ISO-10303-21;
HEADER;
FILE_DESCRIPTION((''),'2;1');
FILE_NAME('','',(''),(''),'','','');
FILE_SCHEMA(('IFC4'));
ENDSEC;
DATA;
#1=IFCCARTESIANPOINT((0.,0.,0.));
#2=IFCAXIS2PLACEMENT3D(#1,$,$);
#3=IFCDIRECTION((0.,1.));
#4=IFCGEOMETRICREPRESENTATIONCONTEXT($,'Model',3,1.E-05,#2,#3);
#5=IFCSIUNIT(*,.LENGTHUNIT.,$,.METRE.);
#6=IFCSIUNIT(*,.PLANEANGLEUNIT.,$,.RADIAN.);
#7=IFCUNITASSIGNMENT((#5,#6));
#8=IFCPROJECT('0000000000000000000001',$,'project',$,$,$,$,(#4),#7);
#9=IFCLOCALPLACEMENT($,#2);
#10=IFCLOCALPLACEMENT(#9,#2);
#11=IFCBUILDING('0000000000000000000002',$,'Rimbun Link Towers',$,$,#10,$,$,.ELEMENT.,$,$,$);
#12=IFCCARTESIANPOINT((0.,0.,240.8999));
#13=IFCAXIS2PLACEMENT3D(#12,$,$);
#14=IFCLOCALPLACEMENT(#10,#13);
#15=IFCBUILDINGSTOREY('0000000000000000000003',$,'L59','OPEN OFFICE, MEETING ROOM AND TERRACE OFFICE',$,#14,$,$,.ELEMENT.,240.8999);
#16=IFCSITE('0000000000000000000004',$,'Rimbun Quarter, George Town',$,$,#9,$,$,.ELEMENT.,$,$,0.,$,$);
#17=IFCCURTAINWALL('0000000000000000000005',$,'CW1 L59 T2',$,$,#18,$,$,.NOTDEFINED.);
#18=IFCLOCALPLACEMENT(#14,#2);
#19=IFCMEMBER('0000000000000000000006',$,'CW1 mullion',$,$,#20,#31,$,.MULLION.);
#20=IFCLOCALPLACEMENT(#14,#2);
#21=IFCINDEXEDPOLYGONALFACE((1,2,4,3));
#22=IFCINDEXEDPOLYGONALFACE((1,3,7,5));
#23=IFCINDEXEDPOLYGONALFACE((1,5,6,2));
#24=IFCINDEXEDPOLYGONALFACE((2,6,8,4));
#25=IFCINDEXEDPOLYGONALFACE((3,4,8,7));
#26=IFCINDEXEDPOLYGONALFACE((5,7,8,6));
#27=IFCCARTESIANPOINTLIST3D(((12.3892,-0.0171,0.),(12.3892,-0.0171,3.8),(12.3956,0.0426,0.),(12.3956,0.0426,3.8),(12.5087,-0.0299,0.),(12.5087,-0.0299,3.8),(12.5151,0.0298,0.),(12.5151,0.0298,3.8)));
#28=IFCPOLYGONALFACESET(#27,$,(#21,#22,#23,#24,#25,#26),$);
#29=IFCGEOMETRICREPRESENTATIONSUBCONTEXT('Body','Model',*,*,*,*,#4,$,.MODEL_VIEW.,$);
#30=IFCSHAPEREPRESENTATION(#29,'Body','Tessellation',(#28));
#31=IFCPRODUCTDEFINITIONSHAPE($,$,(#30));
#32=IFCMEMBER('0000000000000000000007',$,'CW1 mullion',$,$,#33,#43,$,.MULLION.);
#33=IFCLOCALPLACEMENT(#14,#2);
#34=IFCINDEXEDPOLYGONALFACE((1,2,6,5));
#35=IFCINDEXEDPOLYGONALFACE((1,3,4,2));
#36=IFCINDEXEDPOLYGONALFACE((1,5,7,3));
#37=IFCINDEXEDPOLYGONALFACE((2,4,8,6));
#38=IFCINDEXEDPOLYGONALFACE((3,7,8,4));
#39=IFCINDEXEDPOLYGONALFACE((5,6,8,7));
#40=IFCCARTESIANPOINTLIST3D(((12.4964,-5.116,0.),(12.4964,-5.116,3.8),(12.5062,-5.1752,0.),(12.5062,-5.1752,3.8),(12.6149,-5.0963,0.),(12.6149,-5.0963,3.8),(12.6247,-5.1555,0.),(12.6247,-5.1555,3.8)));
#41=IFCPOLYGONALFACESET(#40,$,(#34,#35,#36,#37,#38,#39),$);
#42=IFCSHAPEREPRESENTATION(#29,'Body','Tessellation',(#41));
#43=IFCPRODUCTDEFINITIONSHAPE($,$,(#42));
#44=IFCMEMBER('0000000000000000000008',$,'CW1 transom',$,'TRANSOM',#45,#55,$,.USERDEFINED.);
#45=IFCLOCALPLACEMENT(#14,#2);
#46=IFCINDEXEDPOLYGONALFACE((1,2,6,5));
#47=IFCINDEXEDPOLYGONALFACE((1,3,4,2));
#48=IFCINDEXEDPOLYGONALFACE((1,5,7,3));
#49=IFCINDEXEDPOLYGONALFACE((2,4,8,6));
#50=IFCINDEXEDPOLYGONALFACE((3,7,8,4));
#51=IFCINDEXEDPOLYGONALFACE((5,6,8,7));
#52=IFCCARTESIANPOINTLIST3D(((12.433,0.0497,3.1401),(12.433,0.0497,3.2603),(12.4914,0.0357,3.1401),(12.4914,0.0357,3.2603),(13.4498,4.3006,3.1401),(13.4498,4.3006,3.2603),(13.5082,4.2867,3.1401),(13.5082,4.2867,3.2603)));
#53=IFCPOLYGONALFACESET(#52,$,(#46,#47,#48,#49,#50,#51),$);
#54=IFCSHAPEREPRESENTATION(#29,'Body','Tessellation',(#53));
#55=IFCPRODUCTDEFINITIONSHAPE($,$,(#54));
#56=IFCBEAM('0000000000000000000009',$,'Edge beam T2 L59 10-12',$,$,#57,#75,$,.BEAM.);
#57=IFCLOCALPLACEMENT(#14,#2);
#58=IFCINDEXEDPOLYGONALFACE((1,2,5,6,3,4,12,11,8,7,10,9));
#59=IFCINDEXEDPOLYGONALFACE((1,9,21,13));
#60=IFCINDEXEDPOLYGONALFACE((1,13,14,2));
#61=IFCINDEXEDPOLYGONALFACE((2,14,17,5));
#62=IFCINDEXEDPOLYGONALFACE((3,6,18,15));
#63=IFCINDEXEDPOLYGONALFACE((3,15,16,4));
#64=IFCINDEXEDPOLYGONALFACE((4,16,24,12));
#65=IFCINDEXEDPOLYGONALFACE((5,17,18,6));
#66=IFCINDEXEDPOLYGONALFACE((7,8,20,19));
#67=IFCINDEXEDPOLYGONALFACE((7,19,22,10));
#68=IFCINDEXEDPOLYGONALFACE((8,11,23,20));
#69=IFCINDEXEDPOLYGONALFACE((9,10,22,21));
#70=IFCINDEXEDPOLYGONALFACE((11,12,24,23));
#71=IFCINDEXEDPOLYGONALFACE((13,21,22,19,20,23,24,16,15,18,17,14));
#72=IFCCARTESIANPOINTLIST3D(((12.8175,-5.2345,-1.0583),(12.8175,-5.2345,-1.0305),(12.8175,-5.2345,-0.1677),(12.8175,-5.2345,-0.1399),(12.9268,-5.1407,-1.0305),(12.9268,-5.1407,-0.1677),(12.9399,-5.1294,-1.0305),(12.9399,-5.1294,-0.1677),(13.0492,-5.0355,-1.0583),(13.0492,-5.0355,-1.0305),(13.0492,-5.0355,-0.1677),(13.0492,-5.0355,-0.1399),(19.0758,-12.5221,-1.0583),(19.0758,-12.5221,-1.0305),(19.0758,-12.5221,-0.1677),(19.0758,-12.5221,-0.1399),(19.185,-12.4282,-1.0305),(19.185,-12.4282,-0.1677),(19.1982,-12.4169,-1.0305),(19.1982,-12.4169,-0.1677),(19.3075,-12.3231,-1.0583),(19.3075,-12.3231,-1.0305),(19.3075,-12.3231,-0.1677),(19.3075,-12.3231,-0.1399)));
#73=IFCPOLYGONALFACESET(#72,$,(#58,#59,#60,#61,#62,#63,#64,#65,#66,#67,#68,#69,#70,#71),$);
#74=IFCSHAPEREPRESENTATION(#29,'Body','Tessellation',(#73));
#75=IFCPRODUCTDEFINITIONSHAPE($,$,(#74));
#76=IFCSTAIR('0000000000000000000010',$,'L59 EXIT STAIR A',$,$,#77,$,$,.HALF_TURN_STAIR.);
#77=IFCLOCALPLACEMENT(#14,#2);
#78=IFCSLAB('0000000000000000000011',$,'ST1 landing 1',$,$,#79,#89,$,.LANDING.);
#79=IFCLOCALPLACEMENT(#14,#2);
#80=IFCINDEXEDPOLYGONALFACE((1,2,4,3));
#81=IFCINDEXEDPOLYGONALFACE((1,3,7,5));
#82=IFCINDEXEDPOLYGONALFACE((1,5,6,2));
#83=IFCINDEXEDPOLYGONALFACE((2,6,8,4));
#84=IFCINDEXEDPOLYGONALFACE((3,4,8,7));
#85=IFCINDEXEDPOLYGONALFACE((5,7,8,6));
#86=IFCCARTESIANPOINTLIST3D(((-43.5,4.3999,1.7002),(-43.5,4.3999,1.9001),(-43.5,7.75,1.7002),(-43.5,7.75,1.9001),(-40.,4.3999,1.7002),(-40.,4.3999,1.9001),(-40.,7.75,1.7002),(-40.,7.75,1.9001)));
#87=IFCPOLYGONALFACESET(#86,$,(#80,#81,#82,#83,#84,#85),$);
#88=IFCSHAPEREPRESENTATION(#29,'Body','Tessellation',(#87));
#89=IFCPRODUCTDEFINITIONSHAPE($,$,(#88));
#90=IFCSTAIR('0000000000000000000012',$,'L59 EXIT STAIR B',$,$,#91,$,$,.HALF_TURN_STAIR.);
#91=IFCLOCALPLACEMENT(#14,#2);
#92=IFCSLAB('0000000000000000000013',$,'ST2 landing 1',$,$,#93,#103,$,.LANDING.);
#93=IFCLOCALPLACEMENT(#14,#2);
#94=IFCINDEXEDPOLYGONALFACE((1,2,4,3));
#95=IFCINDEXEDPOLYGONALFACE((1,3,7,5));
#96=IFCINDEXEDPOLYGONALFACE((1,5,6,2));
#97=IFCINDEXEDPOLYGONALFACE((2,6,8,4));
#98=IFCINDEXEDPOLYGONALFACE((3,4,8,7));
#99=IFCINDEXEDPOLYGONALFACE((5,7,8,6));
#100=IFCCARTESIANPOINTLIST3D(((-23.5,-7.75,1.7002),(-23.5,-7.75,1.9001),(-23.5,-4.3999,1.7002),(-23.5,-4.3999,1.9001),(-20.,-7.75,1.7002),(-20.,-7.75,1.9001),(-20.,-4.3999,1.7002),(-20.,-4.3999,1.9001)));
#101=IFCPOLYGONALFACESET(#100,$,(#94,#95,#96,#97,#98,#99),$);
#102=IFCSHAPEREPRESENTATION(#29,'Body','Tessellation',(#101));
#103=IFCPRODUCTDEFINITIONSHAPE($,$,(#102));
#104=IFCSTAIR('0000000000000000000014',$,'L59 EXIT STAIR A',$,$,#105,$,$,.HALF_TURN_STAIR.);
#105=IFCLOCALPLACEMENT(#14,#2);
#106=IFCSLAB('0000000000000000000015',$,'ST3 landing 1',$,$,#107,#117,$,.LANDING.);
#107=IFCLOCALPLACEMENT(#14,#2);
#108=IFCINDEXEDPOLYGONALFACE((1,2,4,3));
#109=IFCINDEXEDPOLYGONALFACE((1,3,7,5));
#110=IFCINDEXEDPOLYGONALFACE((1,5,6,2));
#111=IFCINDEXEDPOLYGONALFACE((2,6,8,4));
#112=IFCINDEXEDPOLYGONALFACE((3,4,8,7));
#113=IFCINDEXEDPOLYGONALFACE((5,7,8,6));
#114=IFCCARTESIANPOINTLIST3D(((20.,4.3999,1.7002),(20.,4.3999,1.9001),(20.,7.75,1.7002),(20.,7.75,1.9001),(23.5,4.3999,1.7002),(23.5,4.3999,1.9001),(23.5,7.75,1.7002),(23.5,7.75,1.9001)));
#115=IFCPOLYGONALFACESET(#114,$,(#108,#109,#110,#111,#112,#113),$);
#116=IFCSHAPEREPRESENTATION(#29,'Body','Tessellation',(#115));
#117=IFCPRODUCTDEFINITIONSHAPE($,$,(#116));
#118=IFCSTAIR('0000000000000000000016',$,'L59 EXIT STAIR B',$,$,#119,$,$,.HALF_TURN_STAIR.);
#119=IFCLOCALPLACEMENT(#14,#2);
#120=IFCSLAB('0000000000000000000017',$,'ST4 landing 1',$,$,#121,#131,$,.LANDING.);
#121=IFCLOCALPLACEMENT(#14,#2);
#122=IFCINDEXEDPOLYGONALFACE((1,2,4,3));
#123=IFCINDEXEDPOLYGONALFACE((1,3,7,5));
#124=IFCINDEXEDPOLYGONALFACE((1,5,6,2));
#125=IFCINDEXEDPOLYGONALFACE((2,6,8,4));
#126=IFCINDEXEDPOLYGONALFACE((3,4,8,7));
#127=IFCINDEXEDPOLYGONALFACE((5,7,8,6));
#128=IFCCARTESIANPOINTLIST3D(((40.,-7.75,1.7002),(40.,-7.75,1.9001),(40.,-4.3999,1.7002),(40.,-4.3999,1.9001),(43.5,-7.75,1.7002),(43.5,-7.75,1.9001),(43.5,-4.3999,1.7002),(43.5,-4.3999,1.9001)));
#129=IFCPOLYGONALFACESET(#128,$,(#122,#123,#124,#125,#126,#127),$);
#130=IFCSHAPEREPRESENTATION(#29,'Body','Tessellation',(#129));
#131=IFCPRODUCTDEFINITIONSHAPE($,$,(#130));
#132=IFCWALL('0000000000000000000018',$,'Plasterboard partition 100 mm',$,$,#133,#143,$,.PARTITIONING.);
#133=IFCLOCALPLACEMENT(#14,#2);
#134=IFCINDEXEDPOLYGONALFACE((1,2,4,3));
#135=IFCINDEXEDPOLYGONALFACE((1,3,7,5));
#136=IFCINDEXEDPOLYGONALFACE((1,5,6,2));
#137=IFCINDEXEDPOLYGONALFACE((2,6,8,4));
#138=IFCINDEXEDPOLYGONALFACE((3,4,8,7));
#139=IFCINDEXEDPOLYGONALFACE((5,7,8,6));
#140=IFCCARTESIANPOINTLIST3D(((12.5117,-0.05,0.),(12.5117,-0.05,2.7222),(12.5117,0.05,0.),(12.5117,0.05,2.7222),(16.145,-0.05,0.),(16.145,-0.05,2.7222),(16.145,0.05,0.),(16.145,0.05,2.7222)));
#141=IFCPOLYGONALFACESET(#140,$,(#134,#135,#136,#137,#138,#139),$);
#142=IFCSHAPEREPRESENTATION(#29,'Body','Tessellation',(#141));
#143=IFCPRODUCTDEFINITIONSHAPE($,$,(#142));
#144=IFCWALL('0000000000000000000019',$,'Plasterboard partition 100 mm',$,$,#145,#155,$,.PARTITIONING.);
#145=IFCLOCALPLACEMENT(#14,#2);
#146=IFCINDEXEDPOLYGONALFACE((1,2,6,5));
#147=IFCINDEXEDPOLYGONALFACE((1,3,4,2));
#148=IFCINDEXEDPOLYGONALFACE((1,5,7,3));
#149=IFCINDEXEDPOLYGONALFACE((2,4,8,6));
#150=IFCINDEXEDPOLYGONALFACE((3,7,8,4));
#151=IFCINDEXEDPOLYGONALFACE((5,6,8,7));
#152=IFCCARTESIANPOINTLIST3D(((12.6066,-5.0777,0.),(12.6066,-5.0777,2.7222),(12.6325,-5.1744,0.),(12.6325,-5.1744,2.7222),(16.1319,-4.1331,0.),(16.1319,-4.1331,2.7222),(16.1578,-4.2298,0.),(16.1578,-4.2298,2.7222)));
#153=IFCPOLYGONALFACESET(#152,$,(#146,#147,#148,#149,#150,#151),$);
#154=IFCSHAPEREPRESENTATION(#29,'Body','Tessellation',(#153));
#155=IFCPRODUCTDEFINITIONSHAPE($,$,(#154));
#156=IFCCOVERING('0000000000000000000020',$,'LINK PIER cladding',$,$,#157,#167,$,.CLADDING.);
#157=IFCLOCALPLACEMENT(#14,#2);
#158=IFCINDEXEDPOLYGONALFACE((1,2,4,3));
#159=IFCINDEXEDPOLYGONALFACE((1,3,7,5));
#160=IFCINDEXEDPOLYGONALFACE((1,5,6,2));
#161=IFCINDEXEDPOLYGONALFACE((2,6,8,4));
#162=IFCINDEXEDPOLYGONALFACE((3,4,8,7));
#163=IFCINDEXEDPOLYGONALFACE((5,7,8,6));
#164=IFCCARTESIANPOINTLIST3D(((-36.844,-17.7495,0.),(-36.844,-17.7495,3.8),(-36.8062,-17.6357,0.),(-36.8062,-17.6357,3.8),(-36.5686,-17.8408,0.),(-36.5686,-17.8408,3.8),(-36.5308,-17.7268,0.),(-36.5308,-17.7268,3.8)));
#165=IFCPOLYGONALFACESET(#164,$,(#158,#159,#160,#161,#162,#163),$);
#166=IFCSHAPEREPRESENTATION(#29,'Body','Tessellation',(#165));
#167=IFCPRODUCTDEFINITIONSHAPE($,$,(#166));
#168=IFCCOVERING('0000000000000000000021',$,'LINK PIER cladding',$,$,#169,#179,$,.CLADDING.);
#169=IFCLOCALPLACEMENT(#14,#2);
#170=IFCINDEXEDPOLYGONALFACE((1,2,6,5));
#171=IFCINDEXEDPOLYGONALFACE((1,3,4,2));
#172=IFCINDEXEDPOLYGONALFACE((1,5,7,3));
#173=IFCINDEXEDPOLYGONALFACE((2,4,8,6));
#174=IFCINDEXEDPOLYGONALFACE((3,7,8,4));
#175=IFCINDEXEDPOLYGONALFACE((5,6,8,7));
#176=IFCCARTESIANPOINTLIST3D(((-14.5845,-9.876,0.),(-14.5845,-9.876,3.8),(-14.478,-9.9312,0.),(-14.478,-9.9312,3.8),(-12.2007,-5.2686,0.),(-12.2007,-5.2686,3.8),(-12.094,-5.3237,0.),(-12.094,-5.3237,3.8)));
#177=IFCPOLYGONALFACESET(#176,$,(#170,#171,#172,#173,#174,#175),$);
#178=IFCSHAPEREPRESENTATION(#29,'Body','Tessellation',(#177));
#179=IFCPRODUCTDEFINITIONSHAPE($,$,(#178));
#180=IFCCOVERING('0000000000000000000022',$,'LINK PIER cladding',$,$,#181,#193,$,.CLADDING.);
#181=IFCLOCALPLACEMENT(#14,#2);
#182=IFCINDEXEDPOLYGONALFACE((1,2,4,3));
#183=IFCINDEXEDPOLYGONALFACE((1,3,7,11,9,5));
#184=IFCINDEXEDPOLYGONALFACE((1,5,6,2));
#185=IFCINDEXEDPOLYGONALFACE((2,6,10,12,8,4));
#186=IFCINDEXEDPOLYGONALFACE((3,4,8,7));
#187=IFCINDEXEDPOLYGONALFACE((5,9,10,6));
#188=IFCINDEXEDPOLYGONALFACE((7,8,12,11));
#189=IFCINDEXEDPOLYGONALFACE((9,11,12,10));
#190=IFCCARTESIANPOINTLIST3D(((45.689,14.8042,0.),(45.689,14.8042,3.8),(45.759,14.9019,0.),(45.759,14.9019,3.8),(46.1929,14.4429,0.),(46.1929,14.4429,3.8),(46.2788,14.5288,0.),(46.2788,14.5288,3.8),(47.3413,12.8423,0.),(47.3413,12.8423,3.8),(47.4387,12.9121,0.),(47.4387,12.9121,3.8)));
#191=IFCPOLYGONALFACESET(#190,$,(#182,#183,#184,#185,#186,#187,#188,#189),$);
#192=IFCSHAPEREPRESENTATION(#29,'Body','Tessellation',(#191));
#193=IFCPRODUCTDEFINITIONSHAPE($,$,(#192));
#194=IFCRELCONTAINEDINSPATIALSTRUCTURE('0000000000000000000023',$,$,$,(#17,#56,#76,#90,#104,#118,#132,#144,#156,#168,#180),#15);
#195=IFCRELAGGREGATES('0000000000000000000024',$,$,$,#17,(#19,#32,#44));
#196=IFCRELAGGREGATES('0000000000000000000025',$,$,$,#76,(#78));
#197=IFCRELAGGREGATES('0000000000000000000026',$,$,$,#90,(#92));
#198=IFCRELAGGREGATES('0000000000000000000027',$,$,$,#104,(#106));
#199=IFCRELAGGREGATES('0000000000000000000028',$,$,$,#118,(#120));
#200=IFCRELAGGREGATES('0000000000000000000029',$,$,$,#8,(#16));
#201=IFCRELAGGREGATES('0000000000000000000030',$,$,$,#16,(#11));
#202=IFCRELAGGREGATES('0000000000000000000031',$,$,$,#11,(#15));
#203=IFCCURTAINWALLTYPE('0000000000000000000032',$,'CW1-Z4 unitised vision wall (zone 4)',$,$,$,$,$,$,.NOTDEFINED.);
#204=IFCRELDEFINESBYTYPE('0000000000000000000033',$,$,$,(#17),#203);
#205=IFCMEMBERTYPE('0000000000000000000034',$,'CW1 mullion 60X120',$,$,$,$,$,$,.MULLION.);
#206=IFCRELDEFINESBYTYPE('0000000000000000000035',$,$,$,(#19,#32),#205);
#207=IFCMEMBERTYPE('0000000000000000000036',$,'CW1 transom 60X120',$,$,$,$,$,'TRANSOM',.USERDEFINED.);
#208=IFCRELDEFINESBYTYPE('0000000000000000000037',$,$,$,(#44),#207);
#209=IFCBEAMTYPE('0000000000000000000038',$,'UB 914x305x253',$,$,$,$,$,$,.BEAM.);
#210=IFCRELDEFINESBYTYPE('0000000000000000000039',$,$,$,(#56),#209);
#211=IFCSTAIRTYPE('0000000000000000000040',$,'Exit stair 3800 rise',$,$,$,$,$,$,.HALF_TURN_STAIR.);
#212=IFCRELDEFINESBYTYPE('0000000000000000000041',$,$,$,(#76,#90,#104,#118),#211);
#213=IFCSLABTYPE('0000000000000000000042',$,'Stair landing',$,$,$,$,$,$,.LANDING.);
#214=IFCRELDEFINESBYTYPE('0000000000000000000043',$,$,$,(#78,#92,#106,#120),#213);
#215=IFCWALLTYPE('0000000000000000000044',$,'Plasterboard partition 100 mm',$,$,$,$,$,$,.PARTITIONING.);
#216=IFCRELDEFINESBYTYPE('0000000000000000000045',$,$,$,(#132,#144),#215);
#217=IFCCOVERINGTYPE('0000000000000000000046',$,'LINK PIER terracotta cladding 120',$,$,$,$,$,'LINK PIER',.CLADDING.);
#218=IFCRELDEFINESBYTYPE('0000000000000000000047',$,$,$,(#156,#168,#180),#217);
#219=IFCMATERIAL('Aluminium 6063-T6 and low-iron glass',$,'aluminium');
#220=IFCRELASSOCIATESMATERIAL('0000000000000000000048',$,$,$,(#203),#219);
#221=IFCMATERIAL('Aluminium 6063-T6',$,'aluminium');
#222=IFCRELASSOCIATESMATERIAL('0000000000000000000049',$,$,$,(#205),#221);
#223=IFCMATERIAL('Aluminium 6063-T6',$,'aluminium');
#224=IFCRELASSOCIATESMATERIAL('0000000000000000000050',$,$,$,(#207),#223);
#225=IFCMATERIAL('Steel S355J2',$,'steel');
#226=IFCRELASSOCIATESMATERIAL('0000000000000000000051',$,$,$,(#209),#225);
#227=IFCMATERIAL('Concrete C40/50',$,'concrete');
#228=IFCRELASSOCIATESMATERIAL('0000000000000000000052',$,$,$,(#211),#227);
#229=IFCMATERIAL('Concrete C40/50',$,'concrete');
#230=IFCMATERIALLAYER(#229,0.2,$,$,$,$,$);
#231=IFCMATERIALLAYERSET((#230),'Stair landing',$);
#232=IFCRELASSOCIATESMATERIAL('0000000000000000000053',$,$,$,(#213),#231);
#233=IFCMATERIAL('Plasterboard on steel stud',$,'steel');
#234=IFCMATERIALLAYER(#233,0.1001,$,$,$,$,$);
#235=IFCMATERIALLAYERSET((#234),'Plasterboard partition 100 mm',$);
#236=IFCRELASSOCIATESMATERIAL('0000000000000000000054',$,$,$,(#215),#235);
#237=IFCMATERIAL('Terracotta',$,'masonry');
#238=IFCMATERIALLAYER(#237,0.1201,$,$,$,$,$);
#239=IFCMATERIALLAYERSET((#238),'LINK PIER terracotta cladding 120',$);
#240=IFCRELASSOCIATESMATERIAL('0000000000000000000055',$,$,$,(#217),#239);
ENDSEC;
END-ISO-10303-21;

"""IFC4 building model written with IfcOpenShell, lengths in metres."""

from ifc_helpers import new_model, si_unit, direction, frame, frame_2d, origin, origin_2d, place, context, subcontext, project, spatial, polyline, rectangle, i_section, outline, extrude, material, layer, layer_set, material_profile, profile_set, type_object, element, aggregate, save


model = new_model("IFC4")

# Units and contexts
model_context = context("Model", 3, precision=1e-05, world=origin(), true_north=direction((0.0, 1.0)))
body_context = subcontext(model_context, "Body", "Model", "MODEL_VIEW")
ifc_project = project(units=[si_unit("LENGTHUNIT", "METRE"), si_unit("PLANEANGLEUNIT", "RADIAN")], contexts=[model_context])

# Site, building, storey
site_placement = place(None, origin())
site = spatial("IfcSite", under=ifc_project, at=site_placement, Name="Rimbun Quarter, George Town", CompositionType="ELEMENT", RefElevation=0.0)
building_placement = place(site_placement, origin())
building = spatial("IfcBuilding", under=site, at=building_placement, Name="Rimbun Link Towers", CompositionType="ELEMENT")
storey_placement = place(building_placement, frame((0.0, 0.0, 240.8999)))
storey = spatial("IfcBuildingStorey", under=building, at=storey_placement, Name="L59", Description="OPEN OFFICE, MEETING ROOM AND TERRACE OFFICE", CompositionType="ELEMENT", Elevation=240.8999)

# Curtain wall, members
ifc_material_1 = material(Name="Aluminium 6063-T6 and low-iron glass", Category="aluminium")
curtain_wall_type = type_object("IfcCurtainWallType", Name="CW1-Z4 unitised vision wall (zone 4)", PredefinedType="NOTDEFINED", material=ifc_material_1)
curtain_wall_placement = place(storey_placement, origin())
curtain_wall = element("IfcCurtainWall", 1, at=curtain_wall_placement, inside=storey, type_object=curtain_wall_type, Name="CW1 L59 T2", PredefinedType="NOTDEFINED")
ifc_material_2 = material(Name="Aluminium 6063-T6", Category="aluminium")
ifc_material_profile_1 = material_profile(ifc_material_2, rectangle(XDim=0.1201, YDim=0.0601, at=origin_2d()), Name="MULLION 60X120")
ifc_profile_set_1 = profile_set([ifc_material_profile_1], Name="Aluminium 6063-T6")
member_type_1 = type_object("IfcMemberType", Name="CW1 mullion 60X120", PredefinedType="MULLION", material=ifc_profile_set_1)
member_1_placement = place(storey_placement, frame((12.4521, 0.0063, 0.0), z_axis=(0.0, 0.0, 1.0), x_axis=(-0.994298, 0.10664, 0.0)))
member_1 = element("IfcMember", 2, at=member_1_placement, type_object=member_type_1, Name="CW1 mullion", PredefinedType="MULLION", context=body_context, shape_type="SweptSolid", body=[
    extrude(rectangle(XDim=0.1201, YDim=0.0601, at=origin_2d()), origin(), (0.0, 0.0, 1.0), 3.8),
])
member_2_placement = place(storey_placement, frame((12.5605, -5.1357, 0.0), z_axis=(0.0, 0.0, 1.0), x_axis=(-0.986502, -0.163749, 0.0)))
member_2 = element("IfcMember", 3, at=member_2_placement, type_object=member_type_1, Name="CW1 mullion", PredefinedType="MULLION", context=body_context, shape_type="SweptSolid", body=[
    extrude(rectangle(XDim=0.1201, YDim=0.0601, at=origin_2d()), origin(), (0.0, 0.0, 1.0), 3.8),
])
ifc_material_3 = material(Name="Aluminium 6063-T6", Category="aluminium")
ifc_material_profile_2 = material_profile(ifc_material_3, rectangle(XDim=0.0601, YDim=0.1201, at=origin_2d()), Name="TRANSOM 60X120")
ifc_profile_set_2 = profile_set([ifc_material_profile_2], Name="Aluminium 6063-T6")
member_type_2 = type_object("IfcMemberType", Name="CW1 transom 60X120", ElementType="TRANSOM", PredefinedType="USERDEFINED", material=ifc_profile_set_2)
member_3_placement = place(storey_placement, frame((12.4622, 0.0427, 3.2002), z_axis=(0.23264, 0.972563, 0.0), x_axis=(-0.972563, 0.23264, 0.0)))
member_3 = element("IfcMember", 4, at=member_3_placement, type_object=member_type_2, Name="CW1 transom", ObjectType="TRANSOM", PredefinedType="USERDEFINED", context=body_context, shape_type="SweptSolid", body=[
    extrude(rectangle(XDim=0.0601, YDim=0.1201, at=origin_2d()), origin(), (0.0, 0.0, 1.0), 4.3708),
])
aggregate(curtain_wall, [member_1, member_2, member_3])

# Beam
ifc_material_4 = material(Name="Steel S355J2", Category="steel")
ifc_material_profile_3 = material_profile(ifc_material_4, i_section(OverallWidth=0.3054, OverallDepth=0.9185, WebThickness=0.0173, FlangeThickness=0.0278, at=origin_2d()), Name="UB 914x305x253")
ifc_profile_set_3 = profile_set([ifc_material_profile_3], Name="Steel S355J2")
beam_type = type_object("IfcBeamType", Name="UB 914x305x253", PredefinedType="BEAM", material=ifc_profile_set_3)
beam_placement = place(storey_placement, frame((12.9333, -5.135, -0.5991), z_axis=(0.651499, -0.75865, 0.0), x_axis=(0.75865, 0.651499, 0.0)))
element("IfcBeam", 5, at=beam_placement, inside=storey, type_object=beam_type, Name="Edge beam T2 L59 10-12", PredefinedType="BEAM", context=body_context, shape_type="SweptSolid", body=[
    extrude(i_section(OverallWidth=0.3054, OverallDepth=0.9185, WebThickness=0.0173, FlangeThickness=0.0278, at=origin_2d()), origin(), (0.0, 0.0, 1.0), 9.606),
])

# Stairs, slabs
ifc_material_5 = material(Name="Concrete C40/50", Category="concrete")
stair_type = type_object("IfcStairType", Name="Exit stair 3800 rise", PredefinedType="HALF_TURN_STAIR", material=ifc_material_5)
stair_1_placement = place(storey_placement, origin())
stair_1 = element("IfcStair", 6, at=stair_1_placement, inside=storey, type_object=stair_type, Name="L59 EXIT STAIR A", PredefinedType="HALF_TURN_STAIR")
ifc_material_6 = material(Name="Concrete C40/50", Category="concrete")
ifc_layer_1 = layer(ifc_material_6, 0.2)
ifc_layer_set_1 = layer_set([ifc_layer_1], Name="Stair landing")
slab_type = type_object("IfcSlabType", Name="Stair landing", PredefinedType="LANDING", material=ifc_layer_set_1)
slab_1_placement = place(storey_placement, frame((0.0, 0.0, 1.7002)))
slab_1 = element("IfcSlab", 7, at=slab_1_placement, type_object=slab_type, Name="ST1 landing 1", PredefinedType="LANDING", context=body_context, shape_type="SweptSolid", body=[
    extrude(outline(polyline([(-40.0, 7.75), (-43.5, 7.75), (-43.5, 4.3999), (-40.0, 4.3999), (-40.0, 7.75)])), origin(), (0.0, 0.0, 1.0), 0.2),
])
aggregate(stair_1, [slab_1])
stair_2_placement = place(storey_placement, origin())
stair_2 = element("IfcStair", 8, at=stair_2_placement, inside=storey, type_object=stair_type, Name="L59 EXIT STAIR B", PredefinedType="HALF_TURN_STAIR")
slab_2_placement = place(storey_placement, frame((0.0, 0.0, 1.7002)))
slab_2 = element("IfcSlab", 9, at=slab_2_placement, type_object=slab_type, Name="ST2 landing 1", PredefinedType="LANDING", context=body_context, shape_type="SweptSolid", body=[
    extrude(outline(polyline([(-23.5, -7.75), (-20.0, -7.75), (-20.0, -4.3999), (-23.5, -4.3999), (-23.5, -7.75)])), origin(), (0.0, 0.0, 1.0), 0.2),
])
aggregate(stair_2, [slab_2])
stair_3_placement = place(storey_placement, origin())
stair_3 = element("IfcStair", 10, at=stair_3_placement, inside=storey, type_object=stair_type, Name="L59 EXIT STAIR A", PredefinedType="HALF_TURN_STAIR")
slab_3_placement = place(storey_placement, frame((0.0, 0.0, 1.7002)))
slab_3 = element("IfcSlab", 11, at=slab_3_placement, type_object=slab_type, Name="ST3 landing 1", PredefinedType="LANDING", context=body_context, shape_type="SweptSolid", body=[
    extrude(outline(polyline([(23.5, 7.75), (20.0, 7.75), (20.0, 4.3999), (23.5, 4.3999), (23.5, 7.75)])), origin(), (0.0, 0.0, 1.0), 0.2),
])
aggregate(stair_3, [slab_3])
stair_4_placement = place(storey_placement, origin())
stair_4 = element("IfcStair", 12, at=stair_4_placement, inside=storey, type_object=stair_type, Name="L59 EXIT STAIR B", PredefinedType="HALF_TURN_STAIR")
slab_4_placement = place(storey_placement, frame((0.0, 0.0, 1.7002)))
slab_4 = element("IfcSlab", 13, at=slab_4_placement, type_object=slab_type, Name="ST4 landing 1", PredefinedType="LANDING", context=body_context, shape_type="SweptSolid", body=[
    extrude(outline(polyline([(40.0, -7.75), (43.5, -7.75), (43.5, -4.3999), (40.0, -4.3999), (40.0, -7.75)])), origin(), (0.0, 0.0, 1.0), 0.2),
])
aggregate(stair_4, [slab_4])

# Walls
ifc_material_7 = material(Name="Plasterboard on steel stud", Category="steel")
ifc_layer_2 = layer(ifc_material_7, 0.1001)
ifc_layer_set_2 = layer_set([ifc_layer_2], Name="Plasterboard partition 100 mm")
wall_type = type_object("IfcWallType", Name="Plasterboard partition 100 mm", PredefinedType="PARTITIONING", material=ifc_layer_set_2)
wall_1_placement = place(storey_placement, frame((12.5117, 0.0, 0.0), z_axis=(0.0, 0.0, 1.0), x_axis=(1.0, 0.0, 0.0)))
element("IfcWall", 14, at=wall_1_placement, inside=storey, type_object=wall_type, Name="Plasterboard partition 100 mm", PredefinedType="PARTITIONING", context=body_context, shape_type="SweptSolid", body=[
    extrude(rectangle(XDim=3.6333, YDim=0.1001, at=frame_2d((1.8167, 0.0))), origin(), (0.0, 0.0, 1.0), 2.7222),
])
wall_2_placement = place(storey_placement, frame((12.6196, -5.126, 0.0), z_axis=(0.0, 0.0, 1.0), x_axis=(0.965929, 0.258807, 0.0)))
element("IfcWall", 15, at=wall_2_placement, inside=storey, type_object=wall_type, Name="Plasterboard partition 100 mm", PredefinedType="PARTITIONING", context=body_context, shape_type="SweptSolid", body=[
    extrude(rectangle(XDim=3.6497, YDim=0.1001, at=frame_2d((1.8247, 0.0))), origin(), (0.0, 0.0, 1.0), 2.7222),
])

# Coverings
ifc_material_8 = material(Name="Terracotta", Category="masonry")
ifc_layer_3 = layer(ifc_material_8, 0.1201)
ifc_layer_set_3 = layer_set([ifc_layer_3], Name="LINK PIER terracotta cladding 120")
covering_type_1 = type_object("IfcCoveringType", Name="LINK PIER terracotta cladding 120", ElementType="LINK PIER", PredefinedType="CLADDING", material=ifc_layer_set_3)
covering_1_placement = place(storey_placement, origin())
element("IfcCovering", 16, at=covering_1_placement, inside=storey, type_object=covering_type_1, Name="LINK PIER cladding", PredefinedType="CLADDING", context=body_context, shape_type="SweptSolid", body=[
    extrude(outline(polyline([(-36.5308, -17.7268), (-36.8062, -17.6357), (-36.844, -17.7495), (-36.5686, -17.8408), (-36.5308, -17.7268)])), origin(), (0.0, 0.0, 1.0), 3.8),
])
covering_2_placement = place(storey_placement, origin())
element("IfcCovering", 17, at=covering_2_placement, inside=storey, type_object=covering_type_1, Name="LINK PIER cladding", PredefinedType="CLADDING", context=body_context, shape_type="SweptSolid", body=[
    extrude(outline(polyline([(-12.2007, -5.2686), (-14.5845, -9.876), (-14.478, -9.9312), (-12.094, -5.3237), (-12.2007, -5.2686)])), origin(), (0.0, 0.0, 1.0), 3.8),
])
covering_3_placement = place(storey_placement, origin())
element("IfcCovering", 18, at=covering_3_placement, inside=storey, type_object=covering_type_1, Name="LINK PIER cladding", PredefinedType="CLADDING", context=body_context, shape_type="SweptSolid", body=[
    extrude(outline(polyline([(45.689, 14.8042), (46.1929, 14.4429), (47.3413, 12.8423), (47.4387, 12.9121), (46.2788, 14.5288), (45.759, 14.9019), (45.689, 14.8042)])), origin(), (0.0, 0.0, 1.0), 3.8),
])

save(model, "model.ifc")
